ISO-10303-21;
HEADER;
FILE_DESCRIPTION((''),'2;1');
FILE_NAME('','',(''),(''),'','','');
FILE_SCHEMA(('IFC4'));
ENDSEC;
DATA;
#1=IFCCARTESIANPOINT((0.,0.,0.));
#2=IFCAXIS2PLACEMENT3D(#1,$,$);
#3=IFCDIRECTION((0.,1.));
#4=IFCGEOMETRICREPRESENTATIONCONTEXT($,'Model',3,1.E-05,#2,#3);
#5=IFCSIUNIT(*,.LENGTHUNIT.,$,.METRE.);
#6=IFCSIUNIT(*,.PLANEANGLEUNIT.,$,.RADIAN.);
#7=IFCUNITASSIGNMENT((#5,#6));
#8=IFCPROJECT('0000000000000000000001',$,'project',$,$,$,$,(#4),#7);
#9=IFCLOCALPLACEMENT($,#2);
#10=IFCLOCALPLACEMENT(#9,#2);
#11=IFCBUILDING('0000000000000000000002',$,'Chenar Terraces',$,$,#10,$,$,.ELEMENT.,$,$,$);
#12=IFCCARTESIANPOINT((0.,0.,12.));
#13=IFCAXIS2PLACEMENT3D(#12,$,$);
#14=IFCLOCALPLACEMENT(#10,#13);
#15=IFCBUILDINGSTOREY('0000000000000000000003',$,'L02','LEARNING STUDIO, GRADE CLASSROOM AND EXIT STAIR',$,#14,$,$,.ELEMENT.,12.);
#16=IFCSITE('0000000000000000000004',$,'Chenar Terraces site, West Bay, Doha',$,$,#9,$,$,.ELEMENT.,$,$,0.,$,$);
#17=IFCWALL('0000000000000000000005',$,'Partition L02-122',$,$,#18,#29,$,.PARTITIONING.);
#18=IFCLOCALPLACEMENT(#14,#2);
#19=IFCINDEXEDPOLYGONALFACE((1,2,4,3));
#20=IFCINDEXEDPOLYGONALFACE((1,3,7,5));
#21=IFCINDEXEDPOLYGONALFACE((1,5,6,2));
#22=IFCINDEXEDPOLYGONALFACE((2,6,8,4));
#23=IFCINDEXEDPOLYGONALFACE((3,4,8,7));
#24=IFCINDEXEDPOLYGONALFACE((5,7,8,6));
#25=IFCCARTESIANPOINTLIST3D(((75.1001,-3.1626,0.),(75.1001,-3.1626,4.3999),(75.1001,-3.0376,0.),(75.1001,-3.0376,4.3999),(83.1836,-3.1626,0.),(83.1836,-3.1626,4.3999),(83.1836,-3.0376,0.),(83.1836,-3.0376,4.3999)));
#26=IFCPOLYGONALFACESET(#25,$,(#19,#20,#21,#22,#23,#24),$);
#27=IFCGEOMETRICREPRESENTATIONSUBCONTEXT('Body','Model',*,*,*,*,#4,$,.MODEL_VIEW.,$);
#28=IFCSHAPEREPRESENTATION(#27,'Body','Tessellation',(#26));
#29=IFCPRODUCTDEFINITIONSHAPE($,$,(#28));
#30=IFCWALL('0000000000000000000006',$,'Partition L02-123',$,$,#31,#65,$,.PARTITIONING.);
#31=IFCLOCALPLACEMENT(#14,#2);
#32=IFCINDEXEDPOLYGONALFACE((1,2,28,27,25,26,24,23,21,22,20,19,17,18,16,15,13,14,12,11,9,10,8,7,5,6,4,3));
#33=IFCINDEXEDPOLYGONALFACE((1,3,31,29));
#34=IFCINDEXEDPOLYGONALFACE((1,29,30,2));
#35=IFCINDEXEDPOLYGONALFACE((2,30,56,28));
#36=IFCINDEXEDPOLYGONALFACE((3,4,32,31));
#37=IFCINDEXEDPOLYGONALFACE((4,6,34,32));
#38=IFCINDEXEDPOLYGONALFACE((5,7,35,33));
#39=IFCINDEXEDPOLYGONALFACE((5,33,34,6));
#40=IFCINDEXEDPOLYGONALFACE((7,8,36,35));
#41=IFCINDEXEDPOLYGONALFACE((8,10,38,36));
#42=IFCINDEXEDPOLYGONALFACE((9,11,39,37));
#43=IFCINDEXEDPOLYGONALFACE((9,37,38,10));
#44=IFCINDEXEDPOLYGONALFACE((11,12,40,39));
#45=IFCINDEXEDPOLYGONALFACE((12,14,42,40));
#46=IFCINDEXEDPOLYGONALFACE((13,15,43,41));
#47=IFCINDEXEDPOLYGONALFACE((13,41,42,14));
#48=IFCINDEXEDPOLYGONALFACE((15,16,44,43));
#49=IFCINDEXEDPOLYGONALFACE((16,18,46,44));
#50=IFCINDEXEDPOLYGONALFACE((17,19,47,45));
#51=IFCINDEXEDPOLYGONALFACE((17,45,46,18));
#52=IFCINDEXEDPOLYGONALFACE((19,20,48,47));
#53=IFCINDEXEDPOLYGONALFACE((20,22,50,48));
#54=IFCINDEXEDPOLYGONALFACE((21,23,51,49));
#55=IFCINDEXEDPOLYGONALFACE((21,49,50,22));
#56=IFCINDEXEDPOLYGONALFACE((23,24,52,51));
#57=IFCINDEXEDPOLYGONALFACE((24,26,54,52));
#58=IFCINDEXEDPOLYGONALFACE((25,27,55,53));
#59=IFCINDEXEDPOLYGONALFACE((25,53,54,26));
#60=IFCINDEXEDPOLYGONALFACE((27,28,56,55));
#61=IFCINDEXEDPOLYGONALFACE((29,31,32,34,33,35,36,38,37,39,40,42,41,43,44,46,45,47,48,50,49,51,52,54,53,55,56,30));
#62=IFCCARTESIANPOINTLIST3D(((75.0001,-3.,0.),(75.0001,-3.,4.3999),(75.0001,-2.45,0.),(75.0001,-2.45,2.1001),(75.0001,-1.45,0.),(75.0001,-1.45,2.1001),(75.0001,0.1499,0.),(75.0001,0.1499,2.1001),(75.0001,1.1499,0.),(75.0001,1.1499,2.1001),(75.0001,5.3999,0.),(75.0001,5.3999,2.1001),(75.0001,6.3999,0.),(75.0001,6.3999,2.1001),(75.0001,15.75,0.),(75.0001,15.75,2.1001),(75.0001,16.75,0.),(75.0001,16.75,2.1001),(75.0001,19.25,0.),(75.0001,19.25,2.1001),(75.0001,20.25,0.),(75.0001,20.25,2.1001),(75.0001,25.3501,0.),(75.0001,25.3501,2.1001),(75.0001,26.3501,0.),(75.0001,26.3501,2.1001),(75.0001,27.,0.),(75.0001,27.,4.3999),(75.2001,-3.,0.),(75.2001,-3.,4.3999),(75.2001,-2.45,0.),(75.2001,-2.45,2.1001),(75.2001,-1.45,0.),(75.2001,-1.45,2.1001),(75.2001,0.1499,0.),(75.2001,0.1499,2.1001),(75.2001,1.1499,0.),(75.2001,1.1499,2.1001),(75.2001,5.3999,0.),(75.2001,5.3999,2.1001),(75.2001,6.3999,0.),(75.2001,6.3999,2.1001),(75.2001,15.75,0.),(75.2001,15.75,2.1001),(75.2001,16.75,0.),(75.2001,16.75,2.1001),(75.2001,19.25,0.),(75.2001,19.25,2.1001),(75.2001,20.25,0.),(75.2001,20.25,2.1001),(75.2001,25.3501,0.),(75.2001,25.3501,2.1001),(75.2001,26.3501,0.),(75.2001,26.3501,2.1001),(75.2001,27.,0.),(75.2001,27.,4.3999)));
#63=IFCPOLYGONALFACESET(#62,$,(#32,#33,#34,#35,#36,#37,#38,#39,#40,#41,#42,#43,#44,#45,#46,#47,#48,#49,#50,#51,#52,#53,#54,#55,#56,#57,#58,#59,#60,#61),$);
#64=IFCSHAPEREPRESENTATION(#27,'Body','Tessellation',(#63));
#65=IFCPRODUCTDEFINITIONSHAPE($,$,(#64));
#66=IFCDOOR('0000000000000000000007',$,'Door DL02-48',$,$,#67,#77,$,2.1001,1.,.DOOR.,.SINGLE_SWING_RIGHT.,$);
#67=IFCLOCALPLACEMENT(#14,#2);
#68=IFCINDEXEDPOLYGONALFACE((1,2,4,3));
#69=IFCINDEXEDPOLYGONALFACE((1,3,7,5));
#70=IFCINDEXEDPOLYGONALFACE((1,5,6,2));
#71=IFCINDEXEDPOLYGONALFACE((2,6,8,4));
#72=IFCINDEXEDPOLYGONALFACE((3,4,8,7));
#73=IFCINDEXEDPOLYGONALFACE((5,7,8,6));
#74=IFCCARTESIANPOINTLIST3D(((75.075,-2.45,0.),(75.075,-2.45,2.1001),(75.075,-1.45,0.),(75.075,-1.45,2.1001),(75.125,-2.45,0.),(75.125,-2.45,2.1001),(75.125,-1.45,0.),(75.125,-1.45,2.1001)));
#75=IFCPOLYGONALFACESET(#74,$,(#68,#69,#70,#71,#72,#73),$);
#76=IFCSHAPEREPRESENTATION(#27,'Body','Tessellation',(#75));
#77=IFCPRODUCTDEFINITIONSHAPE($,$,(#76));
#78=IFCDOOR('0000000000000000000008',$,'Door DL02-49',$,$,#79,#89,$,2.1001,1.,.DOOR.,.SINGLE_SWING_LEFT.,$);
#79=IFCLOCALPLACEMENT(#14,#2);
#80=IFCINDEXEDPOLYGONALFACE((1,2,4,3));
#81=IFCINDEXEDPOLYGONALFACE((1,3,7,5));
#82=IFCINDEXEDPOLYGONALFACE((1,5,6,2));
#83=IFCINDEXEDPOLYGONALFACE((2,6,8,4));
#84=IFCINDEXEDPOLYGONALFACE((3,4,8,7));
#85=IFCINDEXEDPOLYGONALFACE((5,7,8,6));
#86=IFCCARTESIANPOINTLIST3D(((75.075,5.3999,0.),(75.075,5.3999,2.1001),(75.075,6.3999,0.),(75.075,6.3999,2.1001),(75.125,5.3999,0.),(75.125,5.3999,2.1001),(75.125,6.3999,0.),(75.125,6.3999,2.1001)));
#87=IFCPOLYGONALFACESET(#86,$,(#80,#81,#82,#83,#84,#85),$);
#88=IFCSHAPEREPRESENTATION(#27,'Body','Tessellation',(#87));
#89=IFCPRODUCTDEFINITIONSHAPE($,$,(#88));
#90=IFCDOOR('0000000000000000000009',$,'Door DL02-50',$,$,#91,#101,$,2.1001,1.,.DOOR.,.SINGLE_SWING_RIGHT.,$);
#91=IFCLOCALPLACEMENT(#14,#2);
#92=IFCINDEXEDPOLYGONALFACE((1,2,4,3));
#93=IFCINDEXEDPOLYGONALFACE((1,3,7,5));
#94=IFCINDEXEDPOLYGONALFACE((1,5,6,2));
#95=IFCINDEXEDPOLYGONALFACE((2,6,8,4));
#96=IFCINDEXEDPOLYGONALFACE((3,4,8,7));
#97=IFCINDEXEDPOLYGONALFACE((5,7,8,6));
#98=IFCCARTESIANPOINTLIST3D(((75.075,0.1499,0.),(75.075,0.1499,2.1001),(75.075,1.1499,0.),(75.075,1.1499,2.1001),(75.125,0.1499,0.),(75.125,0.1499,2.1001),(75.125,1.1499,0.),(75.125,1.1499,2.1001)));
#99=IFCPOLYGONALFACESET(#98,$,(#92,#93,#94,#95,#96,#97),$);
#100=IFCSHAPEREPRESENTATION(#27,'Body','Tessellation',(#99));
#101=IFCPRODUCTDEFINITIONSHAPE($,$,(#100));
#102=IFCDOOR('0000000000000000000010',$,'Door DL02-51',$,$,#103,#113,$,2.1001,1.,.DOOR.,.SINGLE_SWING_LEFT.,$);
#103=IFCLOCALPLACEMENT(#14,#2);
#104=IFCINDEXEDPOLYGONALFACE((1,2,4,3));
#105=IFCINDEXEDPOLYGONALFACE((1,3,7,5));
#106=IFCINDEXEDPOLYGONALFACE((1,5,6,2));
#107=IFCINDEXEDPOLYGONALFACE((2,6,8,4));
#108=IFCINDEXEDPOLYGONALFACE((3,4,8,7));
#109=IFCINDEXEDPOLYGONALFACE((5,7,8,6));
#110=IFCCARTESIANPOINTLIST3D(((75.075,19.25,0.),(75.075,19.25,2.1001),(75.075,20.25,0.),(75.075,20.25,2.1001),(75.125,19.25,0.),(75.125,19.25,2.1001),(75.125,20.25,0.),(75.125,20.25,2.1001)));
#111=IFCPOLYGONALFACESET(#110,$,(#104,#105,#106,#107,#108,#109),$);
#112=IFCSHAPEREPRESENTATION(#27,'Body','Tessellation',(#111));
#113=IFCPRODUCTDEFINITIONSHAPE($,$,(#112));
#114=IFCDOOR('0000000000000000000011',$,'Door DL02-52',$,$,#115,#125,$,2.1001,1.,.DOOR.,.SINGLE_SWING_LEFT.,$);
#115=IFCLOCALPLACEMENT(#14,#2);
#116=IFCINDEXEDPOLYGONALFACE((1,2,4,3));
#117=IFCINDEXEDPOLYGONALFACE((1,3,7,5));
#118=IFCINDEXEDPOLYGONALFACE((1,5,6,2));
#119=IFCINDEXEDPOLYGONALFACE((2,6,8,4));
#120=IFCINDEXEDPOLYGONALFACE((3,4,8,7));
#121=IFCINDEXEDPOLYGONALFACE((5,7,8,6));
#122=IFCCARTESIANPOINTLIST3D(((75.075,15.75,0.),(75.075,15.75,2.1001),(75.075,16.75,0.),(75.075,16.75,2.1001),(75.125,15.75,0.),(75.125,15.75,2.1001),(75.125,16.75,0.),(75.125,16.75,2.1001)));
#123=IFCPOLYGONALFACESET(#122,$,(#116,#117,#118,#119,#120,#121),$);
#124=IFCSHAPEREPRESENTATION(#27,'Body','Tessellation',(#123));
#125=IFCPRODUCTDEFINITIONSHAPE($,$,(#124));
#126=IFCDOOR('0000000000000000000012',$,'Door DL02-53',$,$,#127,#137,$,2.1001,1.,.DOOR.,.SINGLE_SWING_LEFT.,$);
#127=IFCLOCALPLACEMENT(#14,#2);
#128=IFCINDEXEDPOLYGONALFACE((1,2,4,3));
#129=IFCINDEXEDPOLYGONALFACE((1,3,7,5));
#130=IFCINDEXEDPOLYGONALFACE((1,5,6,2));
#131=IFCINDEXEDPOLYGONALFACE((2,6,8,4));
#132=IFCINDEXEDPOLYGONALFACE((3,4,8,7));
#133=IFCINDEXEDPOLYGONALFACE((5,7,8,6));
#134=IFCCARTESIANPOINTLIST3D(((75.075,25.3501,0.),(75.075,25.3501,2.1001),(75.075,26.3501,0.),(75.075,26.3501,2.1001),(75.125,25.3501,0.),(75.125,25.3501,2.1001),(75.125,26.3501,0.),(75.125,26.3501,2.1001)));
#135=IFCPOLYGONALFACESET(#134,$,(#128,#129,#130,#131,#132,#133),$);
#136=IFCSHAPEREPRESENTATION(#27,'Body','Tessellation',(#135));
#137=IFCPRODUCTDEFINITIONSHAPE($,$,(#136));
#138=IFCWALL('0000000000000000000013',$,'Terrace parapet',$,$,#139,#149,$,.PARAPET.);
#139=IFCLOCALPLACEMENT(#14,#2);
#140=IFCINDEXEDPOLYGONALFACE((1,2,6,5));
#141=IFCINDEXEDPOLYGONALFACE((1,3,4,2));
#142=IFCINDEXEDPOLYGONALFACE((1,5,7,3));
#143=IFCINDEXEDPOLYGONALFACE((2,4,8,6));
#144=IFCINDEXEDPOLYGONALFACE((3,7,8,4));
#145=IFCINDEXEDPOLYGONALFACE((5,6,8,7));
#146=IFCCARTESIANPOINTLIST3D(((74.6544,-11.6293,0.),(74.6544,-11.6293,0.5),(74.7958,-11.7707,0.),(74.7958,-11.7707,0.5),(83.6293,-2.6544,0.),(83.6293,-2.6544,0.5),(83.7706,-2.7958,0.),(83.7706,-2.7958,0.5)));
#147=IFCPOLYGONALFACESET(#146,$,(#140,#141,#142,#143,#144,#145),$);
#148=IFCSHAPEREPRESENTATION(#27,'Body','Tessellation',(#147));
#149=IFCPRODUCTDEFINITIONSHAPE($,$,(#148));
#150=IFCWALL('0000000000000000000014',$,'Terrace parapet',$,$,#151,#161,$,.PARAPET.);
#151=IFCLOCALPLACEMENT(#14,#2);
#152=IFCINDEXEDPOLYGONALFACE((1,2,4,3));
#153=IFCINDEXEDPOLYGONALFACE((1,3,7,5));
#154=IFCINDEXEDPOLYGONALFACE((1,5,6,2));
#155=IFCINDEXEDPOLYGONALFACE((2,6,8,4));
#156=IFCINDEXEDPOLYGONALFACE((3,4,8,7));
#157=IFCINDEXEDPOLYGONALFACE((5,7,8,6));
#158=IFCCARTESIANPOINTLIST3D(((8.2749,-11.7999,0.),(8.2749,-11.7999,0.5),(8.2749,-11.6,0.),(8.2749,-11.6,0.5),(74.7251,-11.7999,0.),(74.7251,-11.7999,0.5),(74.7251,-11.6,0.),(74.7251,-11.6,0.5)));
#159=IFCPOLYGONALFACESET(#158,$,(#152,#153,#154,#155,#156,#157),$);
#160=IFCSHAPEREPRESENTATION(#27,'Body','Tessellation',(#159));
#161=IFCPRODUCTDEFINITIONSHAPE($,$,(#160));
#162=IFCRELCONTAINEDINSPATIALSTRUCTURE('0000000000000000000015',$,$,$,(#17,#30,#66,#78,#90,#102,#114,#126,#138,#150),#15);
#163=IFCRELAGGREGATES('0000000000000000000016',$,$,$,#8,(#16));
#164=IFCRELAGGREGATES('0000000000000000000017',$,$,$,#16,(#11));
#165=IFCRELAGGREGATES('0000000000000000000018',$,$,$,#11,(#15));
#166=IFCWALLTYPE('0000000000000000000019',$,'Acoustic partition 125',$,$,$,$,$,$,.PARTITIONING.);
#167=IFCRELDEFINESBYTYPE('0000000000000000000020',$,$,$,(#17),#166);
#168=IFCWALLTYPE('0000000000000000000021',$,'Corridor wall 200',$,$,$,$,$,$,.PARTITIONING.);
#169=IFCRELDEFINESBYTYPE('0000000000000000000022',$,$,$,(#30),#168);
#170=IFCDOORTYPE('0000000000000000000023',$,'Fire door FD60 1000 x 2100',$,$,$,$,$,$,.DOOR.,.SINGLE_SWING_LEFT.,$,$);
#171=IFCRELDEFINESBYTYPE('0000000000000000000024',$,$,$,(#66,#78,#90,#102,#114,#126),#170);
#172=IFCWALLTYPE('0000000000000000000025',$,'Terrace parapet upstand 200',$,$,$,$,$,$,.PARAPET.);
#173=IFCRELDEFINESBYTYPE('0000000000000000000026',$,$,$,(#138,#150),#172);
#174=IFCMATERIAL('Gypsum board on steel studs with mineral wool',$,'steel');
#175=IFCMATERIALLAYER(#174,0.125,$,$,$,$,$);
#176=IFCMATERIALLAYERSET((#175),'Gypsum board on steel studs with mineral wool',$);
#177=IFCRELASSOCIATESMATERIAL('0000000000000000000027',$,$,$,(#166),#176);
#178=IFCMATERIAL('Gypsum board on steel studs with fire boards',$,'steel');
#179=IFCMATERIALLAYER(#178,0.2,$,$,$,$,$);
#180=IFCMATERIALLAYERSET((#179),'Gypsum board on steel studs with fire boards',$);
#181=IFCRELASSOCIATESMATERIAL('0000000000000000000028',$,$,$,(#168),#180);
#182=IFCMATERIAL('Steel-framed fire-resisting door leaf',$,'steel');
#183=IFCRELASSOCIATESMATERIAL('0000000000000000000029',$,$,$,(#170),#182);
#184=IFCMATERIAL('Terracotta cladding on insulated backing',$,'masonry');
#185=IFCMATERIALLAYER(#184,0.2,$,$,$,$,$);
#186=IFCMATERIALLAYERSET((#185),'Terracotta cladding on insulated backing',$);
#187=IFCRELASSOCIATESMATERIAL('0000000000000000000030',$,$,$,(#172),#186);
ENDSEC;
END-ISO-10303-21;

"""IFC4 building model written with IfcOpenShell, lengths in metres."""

from ifc_helpers import new_model, si_unit, direction, frame, frame_2d, origin, place, context, subcontext, project, spatial, rectangle, extrude, material, layer, layer_set, type_object, element, fill, save


model = new_model("IFC4")

# Units and contexts
model_context = context("Model", 3, precision=1e-05, world=origin(), true_north=direction((0.0, 1.0)))
body_context = subcontext(model_context, "Body", "Model", "MODEL_VIEW")
ifc_project = project(units=[si_unit("LENGTHUNIT", "METRE"), si_unit("PLANEANGLEUNIT", "RADIAN")], contexts=[model_context])

# Site, building, storey
site_placement = place(None, origin())
site = spatial("IfcSite", under=ifc_project, at=site_placement, Name="Chenar Terraces site, West Bay, Doha", CompositionType="ELEMENT", RefElevation=0.0)
building_placement = place(site_placement, origin())
building = spatial("IfcBuilding", under=site, at=building_placement, Name="Chenar Terraces", CompositionType="ELEMENT")
storey_placement = place(building_placement, frame((0.0, 0.0, 12.0)))
storey = spatial("IfcBuildingStorey", under=building, at=storey_placement, Name="L02", Description="LEARNING STUDIO, GRADE CLASSROOM AND EXIT STAIR", CompositionType="ELEMENT", Elevation=12.0)

# Wall
ifc_material_1 = material(Name="Gypsum board on steel studs with mineral wool", Category="steel")
ifc_layer_1 = layer(ifc_material_1, 0.125)
ifc_layer_set_1 = layer_set([ifc_layer_1], Name="Gypsum board on steel studs with mineral wool")
wall_type_1 = type_object("IfcWallType", Name="Acoustic partition 125", PredefinedType="PARTITIONING", material=ifc_layer_set_1)
wall_1_placement = place(storey_placement, frame((75.1001, -3.1001, 0.0), z_axis=(0.0, 0.0, 1.0), x_axis=(1.0, 0.0, 0.0)))
element("IfcWall", 1, at=wall_1_placement, inside=storey, type_object=wall_type_1, Name="Partition L02-122", PredefinedType="PARTITIONING", context=body_context, shape_type="SweptSolid", body=[
    extrude(rectangle(XDim=8.0835, YDim=0.125, at=frame_2d((4.0417, 0.0))), origin(), (0.0, 0.0, 1.0), 4.3999),
])

# Wall, openings, doors
ifc_material_2 = material(Name="Gypsum board on steel studs with fire boards", Category="steel")
ifc_layer_2 = layer(ifc_material_2, 0.2)
ifc_layer_set_2 = layer_set([ifc_layer_2], Name="Gypsum board on steel studs with fire boards")
wall_type_2 = type_object("IfcWallType", Name="Corridor wall 200", PredefinedType="PARTITIONING", material=ifc_layer_set_2)
wall_2_placement = place(storey_placement, frame((75.1001, -3.0, 0.0), z_axis=(0.0, 0.0, 1.0), x_axis=(0.0, 1.0, 0.0)))
wall_2 = element("IfcWall", 2, at=wall_2_placement, inside=storey, type_object=wall_type_2, Name="Partition L02-123", PredefinedType="PARTITIONING", context=body_context, shape_type="SweptSolid", body=[
    extrude(rectangle(XDim=30.0, YDim=0.2, at=frame_2d((15.0, 0.0))), origin(), (0.0, 0.0, 1.0), 4.3999),
])
opening_1_placement = place(wall_2_placement, frame((0.55, 0.0, 0.0)))
opening_1 = element("IfcOpeningElement", 3, at=opening_1_placement, cuts=wall_2, PredefinedType="OPENING", context=body_context, shape_type="SweptSolid", body=[
    extrude(rectangle(XDim=1.0, YDim=2.1001, at=frame_2d((0.5, 1.05))), frame((0.0, 0.1099, 0.0), z_axis=(0.0, -1.0, 0.0), x_axis=(1.0, 0.0, 0.0)), (0.0, 0.0, 1.0), 0.22),
])
opening_2_placement = place(wall_2_placement, frame((8.3999, 0.0, 0.0)))
opening_2 = element("IfcOpeningElement", 4, at=opening_2_placement, cuts=wall_2, PredefinedType="OPENING", context=body_context, shape_type="SweptSolid", body=[
    extrude(rectangle(XDim=1.0, YDim=2.1001, at=frame_2d((0.5, 1.05))), frame((0.0, 0.1099, 0.0), z_axis=(0.0, -1.0, 0.0), x_axis=(1.0, 0.0, 0.0)), (0.0, 0.0, 1.0), 0.22),
])
opening_3_placement = place(wall_2_placement, frame((3.1499, 0.0, 0.0)))
opening_3 = element("IfcOpeningElement", 5, at=opening_3_placement, cuts=wall_2, PredefinedType="OPENING", context=body_context, shape_type="SweptSolid", body=[
    extrude(rectangle(XDim=1.0, YDim=2.1001, at=frame_2d((0.5, 1.05))), frame((0.0, 0.1099, 0.0), z_axis=(0.0, -1.0, 0.0), x_axis=(1.0, 0.0, 0.0)), (0.0, 0.0, 1.0), 0.22),
])
opening_4_placement = place(wall_2_placement, frame((22.25, 0.0, 0.0)))
opening_4 = element("IfcOpeningElement", 6, at=opening_4_placement, cuts=wall_2, PredefinedType="OPENING", context=body_context, shape_type="SweptSolid", body=[
    extrude(rectangle(XDim=1.0, YDim=2.1001, at=frame_2d((0.5, 1.05))), frame((0.0, 0.1099, 0.0), z_axis=(0.0, -1.0, 0.0), x_axis=(1.0, 0.0, 0.0)), (0.0, 0.0, 1.0), 0.22),
])
opening_5_placement = place(wall_2_placement, frame((18.75, 0.0, 0.0)))
opening_5 = element("IfcOpeningElement", 7, at=opening_5_placement, cuts=wall_2, PredefinedType="OPENING", context=body_context, shape_type="SweptSolid", body=[
    extrude(rectangle(XDim=1.0, YDim=2.1001, at=frame_2d((0.5, 1.05))), frame((0.0, 0.1099, 0.0), z_axis=(0.0, -1.0, 0.0), x_axis=(1.0, 0.0, 0.0)), (0.0, 0.0, 1.0), 0.22),
])
opening_6_placement = place(wall_2_placement, frame((28.3501, 0.0, 0.0)))
opening_6 = element("IfcOpeningElement", 8, at=opening_6_placement, cuts=wall_2, PredefinedType="OPENING", context=body_context, shape_type="SweptSolid", body=[
    extrude(rectangle(XDim=1.0, YDim=2.1001, at=frame_2d((0.5, 1.05))), frame((0.0, 0.1099, 0.0), z_axis=(0.0, -1.0, 0.0), x_axis=(1.0, 0.0, 0.0)), (0.0, 0.0, 1.0), 0.22),
])
ifc_material_3 = material(Name="Steel-framed fire-resisting door leaf", Category="steel")
door_type_1 = type_object("IfcDoorType", Name="Fire door FD60 1000 x 2100", OperationType="SINGLE_SWING_LEFT", PredefinedType="DOOR", material=ifc_material_3)
door_1_placement = place(opening_1_placement, frame((1.0, 0.0, 0.0), z_axis=(0.0, 0.0, 1.0), x_axis=(-1.0, 0.0, 0.0)))
door_1 = element("IfcDoor", 9, at=door_1_placement, inside=storey, type_object=door_type_1, Name="Door DL02-48", OperationType="SINGLE_SWING_RIGHT", OverallHeight=2.1001, OverallWidth=1.0, PredefinedType="DOOR", context=body_context, shape_type="SweptSolid", body=[
    extrude(rectangle(XDim=1.0, YDim=2.1001, at=frame_2d((0.5, 1.05))), frame((0.0, 0.0249, 0.0), z_axis=(0.0, -1.0, 0.0), x_axis=(1.0, 0.0, 0.0)), (0.0, 0.0, 1.0), 0.05),
])
fill(opening_1, door_1)
door_2_placement = place(opening_2_placement, frame((1.0, 0.0, 0.0), z_axis=(0.0, 0.0, 1.0), x_axis=(-1.0, 0.0, 0.0)))
door_2 = element("IfcDoor", 10, at=door_2_placement, inside=storey, type_object=door_type_1, Name="Door DL02-49", OperationType="SINGLE_SWING_LEFT", OverallHeight=2.1001, OverallWidth=1.0, PredefinedType="DOOR", context=body_context, shape_type="SweptSolid", body=[
    extrude(rectangle(XDim=1.0, YDim=2.1001, at=frame_2d((0.5, 1.05))), frame((0.0, 0.0249, 0.0), z_axis=(0.0, -1.0, 0.0), x_axis=(1.0, 0.0, 0.0)), (0.0, 0.0, 1.0), 0.05),
])
fill(opening_2, door_2)
door_3_placement = place(opening_3_placement, frame((1.0, 0.0, 0.0), z_axis=(0.0, 0.0, 1.0), x_axis=(-1.0, 0.0, 0.0)))
door_3 = element("IfcDoor", 11, at=door_3_placement, inside=storey, type_object=door_type_1, Name="Door DL02-50", OperationType="SINGLE_SWING_RIGHT", OverallHeight=2.1001, OverallWidth=1.0, PredefinedType="DOOR", context=body_context, shape_type="SweptSolid", body=[
    extrude(rectangle(XDim=1.0, YDim=2.1001, at=frame_2d((0.5, 1.05))), frame((0.0, 0.0249, 0.0), z_axis=(0.0, -1.0, 0.0), x_axis=(1.0, 0.0, 0.0)), (0.0, 0.0, 1.0), 0.05),
])
fill(opening_3, door_3)
door_4_placement = place(opening_4_placement, frame((1.0, 0.0, 0.0), z_axis=(0.0, 0.0, 1.0), x_axis=(-1.0, 0.0, 0.0)))
door_4 = element("IfcDoor", 12, at=door_4_placement, inside=storey, type_object=door_type_1, Name="Door DL02-51", OperationType="SINGLE_SWING_LEFT", OverallHeight=2.1001, OverallWidth=1.0, PredefinedType="DOOR", context=body_context, shape_type="SweptSolid", body=[
    extrude(rectangle(XDim=1.0, YDim=2.1001, at=frame_2d((0.5, 1.05))), frame((0.0, 0.0249, 0.0), z_axis=(0.0, -1.0, 0.0), x_axis=(1.0, 0.0, 0.0)), (0.0, 0.0, 1.0), 0.05),
])
fill(opening_4, door_4)
door_5_placement = place(opening_5_placement, frame((1.0, 0.0, 0.0), z_axis=(0.0, 0.0, 1.0), x_axis=(-1.0, 0.0, 0.0)))
door_5 = element("IfcDoor", 13, at=door_5_placement, inside=storey, type_object=door_type_1, Name="Door DL02-52", OperationType="SINGLE_SWING_LEFT", OverallHeight=2.1001, OverallWidth=1.0, PredefinedType="DOOR", context=body_context, shape_type="SweptSolid", body=[
    extrude(rectangle(XDim=1.0, YDim=2.1001, at=frame_2d((0.5, 1.05))), frame((0.0, 0.0249, 0.0), z_axis=(0.0, -1.0, 0.0), x_axis=(1.0, 0.0, 0.0)), (0.0, 0.0, 1.0), 0.05),
])
fill(opening_5, door_5)
door_6_placement = place(opening_6_placement, frame((1.0, 0.0, 0.0), z_axis=(0.0, 0.0, 1.0), x_axis=(-1.0, 0.0, 0.0)))
door_6 = element("IfcDoor", 14, at=door_6_placement, inside=storey, type_object=door_type_1, Name="Door DL02-53", OperationType="SINGLE_SWING_LEFT", OverallHeight=2.1001, OverallWidth=1.0, PredefinedType="DOOR", context=body_context, shape_type="SweptSolid", body=[
    extrude(rectangle(XDim=1.0, YDim=2.1001, at=frame_2d((0.5, 1.05))), frame((0.0, 0.0249, 0.0), z_axis=(0.0, -1.0, 0.0), x_axis=(1.0, 0.0, 0.0)), (0.0, 0.0, 1.0), 0.05),
])
fill(opening_6, door_6)

# Walls
ifc_material_4 = material(Name="Terracotta cladding on insulated backing", Category="masonry")
ifc_layer_3 = layer(ifc_material_4, 0.2)
ifc_layer_set_3 = layer_set([ifc_layer_3], Name="Terracotta cladding on insulated backing")
wall_type_3 = type_object("IfcWallType", Name="Terrace parapet upstand 200", PredefinedType="PARAPET", material=ifc_layer_set_3)
wall_3_placement = place(storey_placement, frame((83.7, -2.7251, 0.0), z_axis=(0.0, 0.0, 1.0), x_axis=(-0.707107, -0.707107, 0.0)))
element("IfcWall", 15, at=wall_3_placement, inside=storey, type_object=wall_type_3, Name="Terrace parapet", PredefinedType="PARAPET", context=body_context, shape_type="SweptSolid", body=[
    extrude(rectangle(XDim=12.6924, YDim=0.2, at=frame_2d((6.3462, 0.0))), origin(), (0.0, 0.0, 1.0), 0.5),
])
wall_4_placement = place(storey_placement, frame((74.7251, -11.7, 0.0), z_axis=(0.0, 0.0, 1.0), x_axis=(-1.0, 0.0, 0.0)))
element("IfcWall", 16, at=wall_4_placement, inside=storey, type_object=wall_type_3, Name="Terrace parapet", PredefinedType="PARAPET", context=body_context, shape_type="SweptSolid", body=[
    extrude(rectangle(XDim=66.4502, YDim=0.2, at=frame_2d((33.2251, 0.0))), origin(), (0.0, 0.0, 1.0), 0.5),
])

save(model, "model.ifc")
